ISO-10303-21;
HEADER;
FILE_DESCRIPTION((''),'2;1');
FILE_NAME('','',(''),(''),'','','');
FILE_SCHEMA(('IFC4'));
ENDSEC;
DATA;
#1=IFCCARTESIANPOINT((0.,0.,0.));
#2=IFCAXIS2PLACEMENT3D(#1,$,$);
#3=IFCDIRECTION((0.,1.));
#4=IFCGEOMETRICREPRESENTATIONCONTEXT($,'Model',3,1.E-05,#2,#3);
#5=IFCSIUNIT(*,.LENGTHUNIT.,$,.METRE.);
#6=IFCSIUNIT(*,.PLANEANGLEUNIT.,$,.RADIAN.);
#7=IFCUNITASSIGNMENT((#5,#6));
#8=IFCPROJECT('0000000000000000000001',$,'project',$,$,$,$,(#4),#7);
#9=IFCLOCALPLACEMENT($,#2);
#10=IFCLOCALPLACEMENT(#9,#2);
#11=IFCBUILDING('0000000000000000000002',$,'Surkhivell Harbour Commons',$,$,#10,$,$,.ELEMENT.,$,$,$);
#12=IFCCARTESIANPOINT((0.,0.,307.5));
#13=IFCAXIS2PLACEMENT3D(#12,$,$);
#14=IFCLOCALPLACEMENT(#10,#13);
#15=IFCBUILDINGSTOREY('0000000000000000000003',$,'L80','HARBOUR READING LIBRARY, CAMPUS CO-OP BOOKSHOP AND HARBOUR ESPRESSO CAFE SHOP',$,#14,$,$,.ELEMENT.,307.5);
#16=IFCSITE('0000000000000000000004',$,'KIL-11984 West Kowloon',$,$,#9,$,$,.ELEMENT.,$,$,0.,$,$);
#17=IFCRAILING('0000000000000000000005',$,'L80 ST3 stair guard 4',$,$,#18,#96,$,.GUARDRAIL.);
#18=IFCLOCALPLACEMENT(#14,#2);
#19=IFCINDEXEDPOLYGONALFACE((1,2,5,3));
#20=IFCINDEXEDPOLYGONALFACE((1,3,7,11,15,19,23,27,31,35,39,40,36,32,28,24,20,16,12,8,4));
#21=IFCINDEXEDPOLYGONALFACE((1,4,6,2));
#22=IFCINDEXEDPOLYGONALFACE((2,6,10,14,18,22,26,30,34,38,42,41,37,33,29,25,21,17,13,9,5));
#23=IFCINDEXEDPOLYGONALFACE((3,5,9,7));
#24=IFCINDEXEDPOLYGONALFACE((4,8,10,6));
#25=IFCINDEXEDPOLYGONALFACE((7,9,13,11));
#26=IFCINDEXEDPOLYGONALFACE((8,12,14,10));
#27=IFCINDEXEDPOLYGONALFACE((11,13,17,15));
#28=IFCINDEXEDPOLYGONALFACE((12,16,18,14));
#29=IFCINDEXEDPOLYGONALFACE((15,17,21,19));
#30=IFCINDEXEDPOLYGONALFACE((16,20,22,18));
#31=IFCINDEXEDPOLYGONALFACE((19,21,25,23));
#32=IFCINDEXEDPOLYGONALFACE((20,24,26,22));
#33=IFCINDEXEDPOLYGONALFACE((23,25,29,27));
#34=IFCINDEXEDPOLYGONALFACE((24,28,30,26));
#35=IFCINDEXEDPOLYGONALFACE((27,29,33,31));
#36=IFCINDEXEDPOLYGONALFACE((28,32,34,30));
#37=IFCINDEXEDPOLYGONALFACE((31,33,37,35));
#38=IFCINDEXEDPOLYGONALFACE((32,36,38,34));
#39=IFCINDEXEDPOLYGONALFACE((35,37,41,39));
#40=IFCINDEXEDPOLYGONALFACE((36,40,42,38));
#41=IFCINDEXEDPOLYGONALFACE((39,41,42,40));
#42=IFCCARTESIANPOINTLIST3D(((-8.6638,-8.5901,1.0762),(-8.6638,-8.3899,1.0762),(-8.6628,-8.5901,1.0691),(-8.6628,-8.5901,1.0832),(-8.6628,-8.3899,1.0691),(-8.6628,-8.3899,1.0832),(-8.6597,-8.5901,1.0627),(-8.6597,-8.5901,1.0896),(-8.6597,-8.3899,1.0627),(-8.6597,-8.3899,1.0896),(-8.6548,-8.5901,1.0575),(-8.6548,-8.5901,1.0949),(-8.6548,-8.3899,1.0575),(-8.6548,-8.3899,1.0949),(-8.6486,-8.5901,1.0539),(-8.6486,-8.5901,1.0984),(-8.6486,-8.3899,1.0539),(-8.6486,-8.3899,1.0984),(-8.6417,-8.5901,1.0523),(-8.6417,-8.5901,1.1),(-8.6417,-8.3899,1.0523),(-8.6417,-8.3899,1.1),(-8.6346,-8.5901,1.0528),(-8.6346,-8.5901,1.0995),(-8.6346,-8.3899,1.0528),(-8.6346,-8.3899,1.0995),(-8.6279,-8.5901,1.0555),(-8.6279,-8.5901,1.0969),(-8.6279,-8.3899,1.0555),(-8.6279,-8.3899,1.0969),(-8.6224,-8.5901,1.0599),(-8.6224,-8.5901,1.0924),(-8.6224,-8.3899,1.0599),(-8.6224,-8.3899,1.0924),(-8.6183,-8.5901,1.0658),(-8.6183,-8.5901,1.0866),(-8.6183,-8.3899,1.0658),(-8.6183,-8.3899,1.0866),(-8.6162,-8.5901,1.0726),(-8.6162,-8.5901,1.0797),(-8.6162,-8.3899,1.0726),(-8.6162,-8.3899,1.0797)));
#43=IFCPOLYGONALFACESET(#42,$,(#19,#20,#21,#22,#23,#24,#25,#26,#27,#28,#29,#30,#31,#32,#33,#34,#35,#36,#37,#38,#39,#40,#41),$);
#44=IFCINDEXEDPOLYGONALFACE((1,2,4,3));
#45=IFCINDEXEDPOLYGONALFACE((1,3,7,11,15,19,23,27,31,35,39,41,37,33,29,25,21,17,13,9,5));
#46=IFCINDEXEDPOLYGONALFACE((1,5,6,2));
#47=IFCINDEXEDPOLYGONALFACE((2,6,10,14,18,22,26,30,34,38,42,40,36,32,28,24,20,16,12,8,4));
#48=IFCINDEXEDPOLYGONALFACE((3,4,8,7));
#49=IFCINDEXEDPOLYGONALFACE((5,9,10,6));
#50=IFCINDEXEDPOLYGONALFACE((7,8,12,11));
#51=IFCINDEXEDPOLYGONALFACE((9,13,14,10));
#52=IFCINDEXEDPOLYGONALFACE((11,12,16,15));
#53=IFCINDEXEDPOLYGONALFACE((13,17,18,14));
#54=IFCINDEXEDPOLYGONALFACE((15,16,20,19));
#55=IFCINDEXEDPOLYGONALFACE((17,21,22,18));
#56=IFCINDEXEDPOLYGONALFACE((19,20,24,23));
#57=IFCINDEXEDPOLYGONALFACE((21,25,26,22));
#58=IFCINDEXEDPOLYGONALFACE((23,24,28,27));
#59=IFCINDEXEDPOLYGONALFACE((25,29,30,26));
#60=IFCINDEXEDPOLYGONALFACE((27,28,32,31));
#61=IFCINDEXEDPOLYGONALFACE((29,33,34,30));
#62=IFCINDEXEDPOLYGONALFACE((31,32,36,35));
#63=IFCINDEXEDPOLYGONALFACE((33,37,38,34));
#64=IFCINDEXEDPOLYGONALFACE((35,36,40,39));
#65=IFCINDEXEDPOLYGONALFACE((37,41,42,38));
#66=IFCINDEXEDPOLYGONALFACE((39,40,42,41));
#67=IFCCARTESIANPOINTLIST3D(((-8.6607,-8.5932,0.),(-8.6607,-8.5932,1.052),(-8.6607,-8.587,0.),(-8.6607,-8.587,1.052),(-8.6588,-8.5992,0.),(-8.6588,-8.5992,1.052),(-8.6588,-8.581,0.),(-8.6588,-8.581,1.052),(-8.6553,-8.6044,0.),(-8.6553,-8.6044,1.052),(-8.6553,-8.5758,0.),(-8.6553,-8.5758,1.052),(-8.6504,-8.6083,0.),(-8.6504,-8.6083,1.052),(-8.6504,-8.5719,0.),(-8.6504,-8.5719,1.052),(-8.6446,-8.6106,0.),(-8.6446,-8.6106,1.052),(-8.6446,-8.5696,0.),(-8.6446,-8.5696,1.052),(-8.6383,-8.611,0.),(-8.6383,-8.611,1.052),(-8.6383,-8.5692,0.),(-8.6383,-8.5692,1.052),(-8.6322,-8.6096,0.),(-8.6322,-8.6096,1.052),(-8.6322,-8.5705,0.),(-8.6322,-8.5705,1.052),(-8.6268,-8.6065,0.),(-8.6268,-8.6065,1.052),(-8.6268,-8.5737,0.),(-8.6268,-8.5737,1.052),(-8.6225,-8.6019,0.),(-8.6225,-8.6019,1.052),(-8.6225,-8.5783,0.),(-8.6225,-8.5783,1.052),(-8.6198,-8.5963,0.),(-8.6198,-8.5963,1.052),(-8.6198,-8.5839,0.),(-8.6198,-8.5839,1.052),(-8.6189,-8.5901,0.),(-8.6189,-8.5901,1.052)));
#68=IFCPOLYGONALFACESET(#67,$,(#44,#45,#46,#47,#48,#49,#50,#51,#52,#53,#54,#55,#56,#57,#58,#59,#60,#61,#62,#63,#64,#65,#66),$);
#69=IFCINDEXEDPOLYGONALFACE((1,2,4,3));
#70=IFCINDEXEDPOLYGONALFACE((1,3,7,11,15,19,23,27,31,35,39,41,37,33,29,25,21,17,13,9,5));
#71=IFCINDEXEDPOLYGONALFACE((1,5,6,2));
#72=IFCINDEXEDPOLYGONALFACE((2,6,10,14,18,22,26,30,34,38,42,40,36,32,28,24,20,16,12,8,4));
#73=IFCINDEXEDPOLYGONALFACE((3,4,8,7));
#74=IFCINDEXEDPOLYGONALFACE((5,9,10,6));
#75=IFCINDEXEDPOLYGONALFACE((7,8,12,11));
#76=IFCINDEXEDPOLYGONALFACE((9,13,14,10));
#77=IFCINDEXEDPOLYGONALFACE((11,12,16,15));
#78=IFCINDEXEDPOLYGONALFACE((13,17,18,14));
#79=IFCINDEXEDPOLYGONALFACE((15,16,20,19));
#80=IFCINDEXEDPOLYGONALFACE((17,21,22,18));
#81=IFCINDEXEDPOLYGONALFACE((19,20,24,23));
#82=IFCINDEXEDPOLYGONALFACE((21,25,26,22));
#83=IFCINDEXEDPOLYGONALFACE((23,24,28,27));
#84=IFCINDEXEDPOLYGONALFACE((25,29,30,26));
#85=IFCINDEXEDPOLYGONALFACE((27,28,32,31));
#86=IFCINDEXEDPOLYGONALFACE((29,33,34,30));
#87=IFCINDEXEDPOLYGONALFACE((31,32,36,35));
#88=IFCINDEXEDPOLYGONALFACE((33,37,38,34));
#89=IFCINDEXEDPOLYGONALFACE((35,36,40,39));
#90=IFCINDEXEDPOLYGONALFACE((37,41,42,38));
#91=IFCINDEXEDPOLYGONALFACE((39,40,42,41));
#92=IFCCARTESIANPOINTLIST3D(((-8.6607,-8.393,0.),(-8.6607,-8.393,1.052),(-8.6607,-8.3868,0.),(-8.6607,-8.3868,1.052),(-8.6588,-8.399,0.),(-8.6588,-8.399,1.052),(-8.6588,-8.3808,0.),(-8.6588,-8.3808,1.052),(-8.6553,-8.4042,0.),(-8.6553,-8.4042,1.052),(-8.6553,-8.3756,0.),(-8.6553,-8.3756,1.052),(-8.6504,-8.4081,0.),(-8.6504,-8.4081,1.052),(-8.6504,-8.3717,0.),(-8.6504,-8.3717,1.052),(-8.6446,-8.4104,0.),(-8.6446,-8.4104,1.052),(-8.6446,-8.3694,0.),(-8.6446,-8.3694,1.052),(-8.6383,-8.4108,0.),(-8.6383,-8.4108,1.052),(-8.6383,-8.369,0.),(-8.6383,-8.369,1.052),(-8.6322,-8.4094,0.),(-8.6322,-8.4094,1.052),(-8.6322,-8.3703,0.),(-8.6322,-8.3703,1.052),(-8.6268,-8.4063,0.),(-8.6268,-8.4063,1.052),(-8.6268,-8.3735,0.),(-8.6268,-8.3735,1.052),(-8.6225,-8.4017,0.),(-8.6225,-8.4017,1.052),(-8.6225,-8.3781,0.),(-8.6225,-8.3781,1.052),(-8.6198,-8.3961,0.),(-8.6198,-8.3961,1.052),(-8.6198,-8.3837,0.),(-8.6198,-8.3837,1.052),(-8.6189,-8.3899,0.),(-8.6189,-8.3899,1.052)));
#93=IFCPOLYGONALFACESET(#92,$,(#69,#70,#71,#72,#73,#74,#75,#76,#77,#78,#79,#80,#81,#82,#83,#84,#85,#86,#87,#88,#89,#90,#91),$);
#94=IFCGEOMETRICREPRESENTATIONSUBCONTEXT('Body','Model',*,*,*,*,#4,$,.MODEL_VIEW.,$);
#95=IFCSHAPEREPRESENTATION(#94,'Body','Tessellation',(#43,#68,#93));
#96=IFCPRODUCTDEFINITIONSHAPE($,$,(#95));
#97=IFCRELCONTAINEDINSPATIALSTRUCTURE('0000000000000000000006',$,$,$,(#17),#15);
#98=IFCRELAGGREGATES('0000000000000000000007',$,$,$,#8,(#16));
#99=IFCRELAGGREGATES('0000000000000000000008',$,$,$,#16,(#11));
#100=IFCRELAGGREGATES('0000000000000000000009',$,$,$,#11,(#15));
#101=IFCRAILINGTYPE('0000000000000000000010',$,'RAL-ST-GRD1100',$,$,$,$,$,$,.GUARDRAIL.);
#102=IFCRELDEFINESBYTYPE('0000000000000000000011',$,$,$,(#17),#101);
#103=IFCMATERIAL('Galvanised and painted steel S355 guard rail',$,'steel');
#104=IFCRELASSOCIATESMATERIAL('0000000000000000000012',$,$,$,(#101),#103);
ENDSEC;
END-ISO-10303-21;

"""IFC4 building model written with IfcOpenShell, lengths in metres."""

from ifc_helpers import new_model, si_unit, direction, frame, origin, origin_2d, place, context, subcontext, project, spatial, circle, extrude, material, type_object, element, save


model = new_model("IFC4")

# Units and contexts
model_context = context("Model", 3, precision=1e-05, world=origin(), true_north=direction((0.0, 1.0)))
body_context = subcontext(model_context, "Body", "Model", "MODEL_VIEW")
ifc_project = project(units=[si_unit("LENGTHUNIT", "METRE"), si_unit("PLANEANGLEUNIT", "RADIAN")], contexts=[model_context])

# Site, building, storey
site_placement = place(None, origin())
site = spatial("IfcSite", under=ifc_project, at=site_placement, Name="KIL-11984 West Kowloon", CompositionType="ELEMENT", RefElevation=0.0)
building_placement = place(site_placement, origin())
building = spatial("IfcBuilding", under=site, at=building_placement, Name="Surkhivell Harbour Commons", CompositionType="ELEMENT")
storey_placement = place(building_placement, frame((0.0, 0.0, 307.5)))
storey = spatial("IfcBuildingStorey", under=building, at=storey_placement, Name="L80", Description="HARBOUR READING LIBRARY, CAMPUS CO-OP BOOKSHOP AND HARBOUR ESPRESSO CAFE SHOP", CompositionType="ELEMENT", Elevation=307.5)

# Railing
ifc_material_1 = material(Name="Galvanised and painted steel S355 guard rail", Category="steel")
railing_type_1 = type_object("IfcRailingType", Name="RAL-ST-GRD1100", PredefinedType="GUARDRAIL", material=ifc_material_1)
railing_1_placement = place(storey_placement, frame((-8.6399, -8.5901, 0.0)))
element("IfcRailing", 1, at=railing_1_placement, inside=storey, type_object=railing_type_1, Name="L80 ST3 stair guard 4", PredefinedType="GUARDRAIL", context=body_context, shape_type="SweptSolid", body=[
    extrude(circle(Radius=0.0239, at=origin_2d()), frame((0.0, 0.0, 1.0762), z_axis=(0.0, 1.0, 0.0), x_axis=(-1.0, 0.0, 0.0)), (0.0, 0.0, 1.0), 0.2002),
    extrude(circle(Radius=0.021, at=origin_2d()), origin(), (0.0, 0.0, 1.0), 1.052),
    extrude(circle(Radius=0.021, at=origin_2d()), frame((0.0, 0.2002, 0.0)), (0.0, 0.0, 1.0), 1.052),
])

save(model, "model.ifc")
